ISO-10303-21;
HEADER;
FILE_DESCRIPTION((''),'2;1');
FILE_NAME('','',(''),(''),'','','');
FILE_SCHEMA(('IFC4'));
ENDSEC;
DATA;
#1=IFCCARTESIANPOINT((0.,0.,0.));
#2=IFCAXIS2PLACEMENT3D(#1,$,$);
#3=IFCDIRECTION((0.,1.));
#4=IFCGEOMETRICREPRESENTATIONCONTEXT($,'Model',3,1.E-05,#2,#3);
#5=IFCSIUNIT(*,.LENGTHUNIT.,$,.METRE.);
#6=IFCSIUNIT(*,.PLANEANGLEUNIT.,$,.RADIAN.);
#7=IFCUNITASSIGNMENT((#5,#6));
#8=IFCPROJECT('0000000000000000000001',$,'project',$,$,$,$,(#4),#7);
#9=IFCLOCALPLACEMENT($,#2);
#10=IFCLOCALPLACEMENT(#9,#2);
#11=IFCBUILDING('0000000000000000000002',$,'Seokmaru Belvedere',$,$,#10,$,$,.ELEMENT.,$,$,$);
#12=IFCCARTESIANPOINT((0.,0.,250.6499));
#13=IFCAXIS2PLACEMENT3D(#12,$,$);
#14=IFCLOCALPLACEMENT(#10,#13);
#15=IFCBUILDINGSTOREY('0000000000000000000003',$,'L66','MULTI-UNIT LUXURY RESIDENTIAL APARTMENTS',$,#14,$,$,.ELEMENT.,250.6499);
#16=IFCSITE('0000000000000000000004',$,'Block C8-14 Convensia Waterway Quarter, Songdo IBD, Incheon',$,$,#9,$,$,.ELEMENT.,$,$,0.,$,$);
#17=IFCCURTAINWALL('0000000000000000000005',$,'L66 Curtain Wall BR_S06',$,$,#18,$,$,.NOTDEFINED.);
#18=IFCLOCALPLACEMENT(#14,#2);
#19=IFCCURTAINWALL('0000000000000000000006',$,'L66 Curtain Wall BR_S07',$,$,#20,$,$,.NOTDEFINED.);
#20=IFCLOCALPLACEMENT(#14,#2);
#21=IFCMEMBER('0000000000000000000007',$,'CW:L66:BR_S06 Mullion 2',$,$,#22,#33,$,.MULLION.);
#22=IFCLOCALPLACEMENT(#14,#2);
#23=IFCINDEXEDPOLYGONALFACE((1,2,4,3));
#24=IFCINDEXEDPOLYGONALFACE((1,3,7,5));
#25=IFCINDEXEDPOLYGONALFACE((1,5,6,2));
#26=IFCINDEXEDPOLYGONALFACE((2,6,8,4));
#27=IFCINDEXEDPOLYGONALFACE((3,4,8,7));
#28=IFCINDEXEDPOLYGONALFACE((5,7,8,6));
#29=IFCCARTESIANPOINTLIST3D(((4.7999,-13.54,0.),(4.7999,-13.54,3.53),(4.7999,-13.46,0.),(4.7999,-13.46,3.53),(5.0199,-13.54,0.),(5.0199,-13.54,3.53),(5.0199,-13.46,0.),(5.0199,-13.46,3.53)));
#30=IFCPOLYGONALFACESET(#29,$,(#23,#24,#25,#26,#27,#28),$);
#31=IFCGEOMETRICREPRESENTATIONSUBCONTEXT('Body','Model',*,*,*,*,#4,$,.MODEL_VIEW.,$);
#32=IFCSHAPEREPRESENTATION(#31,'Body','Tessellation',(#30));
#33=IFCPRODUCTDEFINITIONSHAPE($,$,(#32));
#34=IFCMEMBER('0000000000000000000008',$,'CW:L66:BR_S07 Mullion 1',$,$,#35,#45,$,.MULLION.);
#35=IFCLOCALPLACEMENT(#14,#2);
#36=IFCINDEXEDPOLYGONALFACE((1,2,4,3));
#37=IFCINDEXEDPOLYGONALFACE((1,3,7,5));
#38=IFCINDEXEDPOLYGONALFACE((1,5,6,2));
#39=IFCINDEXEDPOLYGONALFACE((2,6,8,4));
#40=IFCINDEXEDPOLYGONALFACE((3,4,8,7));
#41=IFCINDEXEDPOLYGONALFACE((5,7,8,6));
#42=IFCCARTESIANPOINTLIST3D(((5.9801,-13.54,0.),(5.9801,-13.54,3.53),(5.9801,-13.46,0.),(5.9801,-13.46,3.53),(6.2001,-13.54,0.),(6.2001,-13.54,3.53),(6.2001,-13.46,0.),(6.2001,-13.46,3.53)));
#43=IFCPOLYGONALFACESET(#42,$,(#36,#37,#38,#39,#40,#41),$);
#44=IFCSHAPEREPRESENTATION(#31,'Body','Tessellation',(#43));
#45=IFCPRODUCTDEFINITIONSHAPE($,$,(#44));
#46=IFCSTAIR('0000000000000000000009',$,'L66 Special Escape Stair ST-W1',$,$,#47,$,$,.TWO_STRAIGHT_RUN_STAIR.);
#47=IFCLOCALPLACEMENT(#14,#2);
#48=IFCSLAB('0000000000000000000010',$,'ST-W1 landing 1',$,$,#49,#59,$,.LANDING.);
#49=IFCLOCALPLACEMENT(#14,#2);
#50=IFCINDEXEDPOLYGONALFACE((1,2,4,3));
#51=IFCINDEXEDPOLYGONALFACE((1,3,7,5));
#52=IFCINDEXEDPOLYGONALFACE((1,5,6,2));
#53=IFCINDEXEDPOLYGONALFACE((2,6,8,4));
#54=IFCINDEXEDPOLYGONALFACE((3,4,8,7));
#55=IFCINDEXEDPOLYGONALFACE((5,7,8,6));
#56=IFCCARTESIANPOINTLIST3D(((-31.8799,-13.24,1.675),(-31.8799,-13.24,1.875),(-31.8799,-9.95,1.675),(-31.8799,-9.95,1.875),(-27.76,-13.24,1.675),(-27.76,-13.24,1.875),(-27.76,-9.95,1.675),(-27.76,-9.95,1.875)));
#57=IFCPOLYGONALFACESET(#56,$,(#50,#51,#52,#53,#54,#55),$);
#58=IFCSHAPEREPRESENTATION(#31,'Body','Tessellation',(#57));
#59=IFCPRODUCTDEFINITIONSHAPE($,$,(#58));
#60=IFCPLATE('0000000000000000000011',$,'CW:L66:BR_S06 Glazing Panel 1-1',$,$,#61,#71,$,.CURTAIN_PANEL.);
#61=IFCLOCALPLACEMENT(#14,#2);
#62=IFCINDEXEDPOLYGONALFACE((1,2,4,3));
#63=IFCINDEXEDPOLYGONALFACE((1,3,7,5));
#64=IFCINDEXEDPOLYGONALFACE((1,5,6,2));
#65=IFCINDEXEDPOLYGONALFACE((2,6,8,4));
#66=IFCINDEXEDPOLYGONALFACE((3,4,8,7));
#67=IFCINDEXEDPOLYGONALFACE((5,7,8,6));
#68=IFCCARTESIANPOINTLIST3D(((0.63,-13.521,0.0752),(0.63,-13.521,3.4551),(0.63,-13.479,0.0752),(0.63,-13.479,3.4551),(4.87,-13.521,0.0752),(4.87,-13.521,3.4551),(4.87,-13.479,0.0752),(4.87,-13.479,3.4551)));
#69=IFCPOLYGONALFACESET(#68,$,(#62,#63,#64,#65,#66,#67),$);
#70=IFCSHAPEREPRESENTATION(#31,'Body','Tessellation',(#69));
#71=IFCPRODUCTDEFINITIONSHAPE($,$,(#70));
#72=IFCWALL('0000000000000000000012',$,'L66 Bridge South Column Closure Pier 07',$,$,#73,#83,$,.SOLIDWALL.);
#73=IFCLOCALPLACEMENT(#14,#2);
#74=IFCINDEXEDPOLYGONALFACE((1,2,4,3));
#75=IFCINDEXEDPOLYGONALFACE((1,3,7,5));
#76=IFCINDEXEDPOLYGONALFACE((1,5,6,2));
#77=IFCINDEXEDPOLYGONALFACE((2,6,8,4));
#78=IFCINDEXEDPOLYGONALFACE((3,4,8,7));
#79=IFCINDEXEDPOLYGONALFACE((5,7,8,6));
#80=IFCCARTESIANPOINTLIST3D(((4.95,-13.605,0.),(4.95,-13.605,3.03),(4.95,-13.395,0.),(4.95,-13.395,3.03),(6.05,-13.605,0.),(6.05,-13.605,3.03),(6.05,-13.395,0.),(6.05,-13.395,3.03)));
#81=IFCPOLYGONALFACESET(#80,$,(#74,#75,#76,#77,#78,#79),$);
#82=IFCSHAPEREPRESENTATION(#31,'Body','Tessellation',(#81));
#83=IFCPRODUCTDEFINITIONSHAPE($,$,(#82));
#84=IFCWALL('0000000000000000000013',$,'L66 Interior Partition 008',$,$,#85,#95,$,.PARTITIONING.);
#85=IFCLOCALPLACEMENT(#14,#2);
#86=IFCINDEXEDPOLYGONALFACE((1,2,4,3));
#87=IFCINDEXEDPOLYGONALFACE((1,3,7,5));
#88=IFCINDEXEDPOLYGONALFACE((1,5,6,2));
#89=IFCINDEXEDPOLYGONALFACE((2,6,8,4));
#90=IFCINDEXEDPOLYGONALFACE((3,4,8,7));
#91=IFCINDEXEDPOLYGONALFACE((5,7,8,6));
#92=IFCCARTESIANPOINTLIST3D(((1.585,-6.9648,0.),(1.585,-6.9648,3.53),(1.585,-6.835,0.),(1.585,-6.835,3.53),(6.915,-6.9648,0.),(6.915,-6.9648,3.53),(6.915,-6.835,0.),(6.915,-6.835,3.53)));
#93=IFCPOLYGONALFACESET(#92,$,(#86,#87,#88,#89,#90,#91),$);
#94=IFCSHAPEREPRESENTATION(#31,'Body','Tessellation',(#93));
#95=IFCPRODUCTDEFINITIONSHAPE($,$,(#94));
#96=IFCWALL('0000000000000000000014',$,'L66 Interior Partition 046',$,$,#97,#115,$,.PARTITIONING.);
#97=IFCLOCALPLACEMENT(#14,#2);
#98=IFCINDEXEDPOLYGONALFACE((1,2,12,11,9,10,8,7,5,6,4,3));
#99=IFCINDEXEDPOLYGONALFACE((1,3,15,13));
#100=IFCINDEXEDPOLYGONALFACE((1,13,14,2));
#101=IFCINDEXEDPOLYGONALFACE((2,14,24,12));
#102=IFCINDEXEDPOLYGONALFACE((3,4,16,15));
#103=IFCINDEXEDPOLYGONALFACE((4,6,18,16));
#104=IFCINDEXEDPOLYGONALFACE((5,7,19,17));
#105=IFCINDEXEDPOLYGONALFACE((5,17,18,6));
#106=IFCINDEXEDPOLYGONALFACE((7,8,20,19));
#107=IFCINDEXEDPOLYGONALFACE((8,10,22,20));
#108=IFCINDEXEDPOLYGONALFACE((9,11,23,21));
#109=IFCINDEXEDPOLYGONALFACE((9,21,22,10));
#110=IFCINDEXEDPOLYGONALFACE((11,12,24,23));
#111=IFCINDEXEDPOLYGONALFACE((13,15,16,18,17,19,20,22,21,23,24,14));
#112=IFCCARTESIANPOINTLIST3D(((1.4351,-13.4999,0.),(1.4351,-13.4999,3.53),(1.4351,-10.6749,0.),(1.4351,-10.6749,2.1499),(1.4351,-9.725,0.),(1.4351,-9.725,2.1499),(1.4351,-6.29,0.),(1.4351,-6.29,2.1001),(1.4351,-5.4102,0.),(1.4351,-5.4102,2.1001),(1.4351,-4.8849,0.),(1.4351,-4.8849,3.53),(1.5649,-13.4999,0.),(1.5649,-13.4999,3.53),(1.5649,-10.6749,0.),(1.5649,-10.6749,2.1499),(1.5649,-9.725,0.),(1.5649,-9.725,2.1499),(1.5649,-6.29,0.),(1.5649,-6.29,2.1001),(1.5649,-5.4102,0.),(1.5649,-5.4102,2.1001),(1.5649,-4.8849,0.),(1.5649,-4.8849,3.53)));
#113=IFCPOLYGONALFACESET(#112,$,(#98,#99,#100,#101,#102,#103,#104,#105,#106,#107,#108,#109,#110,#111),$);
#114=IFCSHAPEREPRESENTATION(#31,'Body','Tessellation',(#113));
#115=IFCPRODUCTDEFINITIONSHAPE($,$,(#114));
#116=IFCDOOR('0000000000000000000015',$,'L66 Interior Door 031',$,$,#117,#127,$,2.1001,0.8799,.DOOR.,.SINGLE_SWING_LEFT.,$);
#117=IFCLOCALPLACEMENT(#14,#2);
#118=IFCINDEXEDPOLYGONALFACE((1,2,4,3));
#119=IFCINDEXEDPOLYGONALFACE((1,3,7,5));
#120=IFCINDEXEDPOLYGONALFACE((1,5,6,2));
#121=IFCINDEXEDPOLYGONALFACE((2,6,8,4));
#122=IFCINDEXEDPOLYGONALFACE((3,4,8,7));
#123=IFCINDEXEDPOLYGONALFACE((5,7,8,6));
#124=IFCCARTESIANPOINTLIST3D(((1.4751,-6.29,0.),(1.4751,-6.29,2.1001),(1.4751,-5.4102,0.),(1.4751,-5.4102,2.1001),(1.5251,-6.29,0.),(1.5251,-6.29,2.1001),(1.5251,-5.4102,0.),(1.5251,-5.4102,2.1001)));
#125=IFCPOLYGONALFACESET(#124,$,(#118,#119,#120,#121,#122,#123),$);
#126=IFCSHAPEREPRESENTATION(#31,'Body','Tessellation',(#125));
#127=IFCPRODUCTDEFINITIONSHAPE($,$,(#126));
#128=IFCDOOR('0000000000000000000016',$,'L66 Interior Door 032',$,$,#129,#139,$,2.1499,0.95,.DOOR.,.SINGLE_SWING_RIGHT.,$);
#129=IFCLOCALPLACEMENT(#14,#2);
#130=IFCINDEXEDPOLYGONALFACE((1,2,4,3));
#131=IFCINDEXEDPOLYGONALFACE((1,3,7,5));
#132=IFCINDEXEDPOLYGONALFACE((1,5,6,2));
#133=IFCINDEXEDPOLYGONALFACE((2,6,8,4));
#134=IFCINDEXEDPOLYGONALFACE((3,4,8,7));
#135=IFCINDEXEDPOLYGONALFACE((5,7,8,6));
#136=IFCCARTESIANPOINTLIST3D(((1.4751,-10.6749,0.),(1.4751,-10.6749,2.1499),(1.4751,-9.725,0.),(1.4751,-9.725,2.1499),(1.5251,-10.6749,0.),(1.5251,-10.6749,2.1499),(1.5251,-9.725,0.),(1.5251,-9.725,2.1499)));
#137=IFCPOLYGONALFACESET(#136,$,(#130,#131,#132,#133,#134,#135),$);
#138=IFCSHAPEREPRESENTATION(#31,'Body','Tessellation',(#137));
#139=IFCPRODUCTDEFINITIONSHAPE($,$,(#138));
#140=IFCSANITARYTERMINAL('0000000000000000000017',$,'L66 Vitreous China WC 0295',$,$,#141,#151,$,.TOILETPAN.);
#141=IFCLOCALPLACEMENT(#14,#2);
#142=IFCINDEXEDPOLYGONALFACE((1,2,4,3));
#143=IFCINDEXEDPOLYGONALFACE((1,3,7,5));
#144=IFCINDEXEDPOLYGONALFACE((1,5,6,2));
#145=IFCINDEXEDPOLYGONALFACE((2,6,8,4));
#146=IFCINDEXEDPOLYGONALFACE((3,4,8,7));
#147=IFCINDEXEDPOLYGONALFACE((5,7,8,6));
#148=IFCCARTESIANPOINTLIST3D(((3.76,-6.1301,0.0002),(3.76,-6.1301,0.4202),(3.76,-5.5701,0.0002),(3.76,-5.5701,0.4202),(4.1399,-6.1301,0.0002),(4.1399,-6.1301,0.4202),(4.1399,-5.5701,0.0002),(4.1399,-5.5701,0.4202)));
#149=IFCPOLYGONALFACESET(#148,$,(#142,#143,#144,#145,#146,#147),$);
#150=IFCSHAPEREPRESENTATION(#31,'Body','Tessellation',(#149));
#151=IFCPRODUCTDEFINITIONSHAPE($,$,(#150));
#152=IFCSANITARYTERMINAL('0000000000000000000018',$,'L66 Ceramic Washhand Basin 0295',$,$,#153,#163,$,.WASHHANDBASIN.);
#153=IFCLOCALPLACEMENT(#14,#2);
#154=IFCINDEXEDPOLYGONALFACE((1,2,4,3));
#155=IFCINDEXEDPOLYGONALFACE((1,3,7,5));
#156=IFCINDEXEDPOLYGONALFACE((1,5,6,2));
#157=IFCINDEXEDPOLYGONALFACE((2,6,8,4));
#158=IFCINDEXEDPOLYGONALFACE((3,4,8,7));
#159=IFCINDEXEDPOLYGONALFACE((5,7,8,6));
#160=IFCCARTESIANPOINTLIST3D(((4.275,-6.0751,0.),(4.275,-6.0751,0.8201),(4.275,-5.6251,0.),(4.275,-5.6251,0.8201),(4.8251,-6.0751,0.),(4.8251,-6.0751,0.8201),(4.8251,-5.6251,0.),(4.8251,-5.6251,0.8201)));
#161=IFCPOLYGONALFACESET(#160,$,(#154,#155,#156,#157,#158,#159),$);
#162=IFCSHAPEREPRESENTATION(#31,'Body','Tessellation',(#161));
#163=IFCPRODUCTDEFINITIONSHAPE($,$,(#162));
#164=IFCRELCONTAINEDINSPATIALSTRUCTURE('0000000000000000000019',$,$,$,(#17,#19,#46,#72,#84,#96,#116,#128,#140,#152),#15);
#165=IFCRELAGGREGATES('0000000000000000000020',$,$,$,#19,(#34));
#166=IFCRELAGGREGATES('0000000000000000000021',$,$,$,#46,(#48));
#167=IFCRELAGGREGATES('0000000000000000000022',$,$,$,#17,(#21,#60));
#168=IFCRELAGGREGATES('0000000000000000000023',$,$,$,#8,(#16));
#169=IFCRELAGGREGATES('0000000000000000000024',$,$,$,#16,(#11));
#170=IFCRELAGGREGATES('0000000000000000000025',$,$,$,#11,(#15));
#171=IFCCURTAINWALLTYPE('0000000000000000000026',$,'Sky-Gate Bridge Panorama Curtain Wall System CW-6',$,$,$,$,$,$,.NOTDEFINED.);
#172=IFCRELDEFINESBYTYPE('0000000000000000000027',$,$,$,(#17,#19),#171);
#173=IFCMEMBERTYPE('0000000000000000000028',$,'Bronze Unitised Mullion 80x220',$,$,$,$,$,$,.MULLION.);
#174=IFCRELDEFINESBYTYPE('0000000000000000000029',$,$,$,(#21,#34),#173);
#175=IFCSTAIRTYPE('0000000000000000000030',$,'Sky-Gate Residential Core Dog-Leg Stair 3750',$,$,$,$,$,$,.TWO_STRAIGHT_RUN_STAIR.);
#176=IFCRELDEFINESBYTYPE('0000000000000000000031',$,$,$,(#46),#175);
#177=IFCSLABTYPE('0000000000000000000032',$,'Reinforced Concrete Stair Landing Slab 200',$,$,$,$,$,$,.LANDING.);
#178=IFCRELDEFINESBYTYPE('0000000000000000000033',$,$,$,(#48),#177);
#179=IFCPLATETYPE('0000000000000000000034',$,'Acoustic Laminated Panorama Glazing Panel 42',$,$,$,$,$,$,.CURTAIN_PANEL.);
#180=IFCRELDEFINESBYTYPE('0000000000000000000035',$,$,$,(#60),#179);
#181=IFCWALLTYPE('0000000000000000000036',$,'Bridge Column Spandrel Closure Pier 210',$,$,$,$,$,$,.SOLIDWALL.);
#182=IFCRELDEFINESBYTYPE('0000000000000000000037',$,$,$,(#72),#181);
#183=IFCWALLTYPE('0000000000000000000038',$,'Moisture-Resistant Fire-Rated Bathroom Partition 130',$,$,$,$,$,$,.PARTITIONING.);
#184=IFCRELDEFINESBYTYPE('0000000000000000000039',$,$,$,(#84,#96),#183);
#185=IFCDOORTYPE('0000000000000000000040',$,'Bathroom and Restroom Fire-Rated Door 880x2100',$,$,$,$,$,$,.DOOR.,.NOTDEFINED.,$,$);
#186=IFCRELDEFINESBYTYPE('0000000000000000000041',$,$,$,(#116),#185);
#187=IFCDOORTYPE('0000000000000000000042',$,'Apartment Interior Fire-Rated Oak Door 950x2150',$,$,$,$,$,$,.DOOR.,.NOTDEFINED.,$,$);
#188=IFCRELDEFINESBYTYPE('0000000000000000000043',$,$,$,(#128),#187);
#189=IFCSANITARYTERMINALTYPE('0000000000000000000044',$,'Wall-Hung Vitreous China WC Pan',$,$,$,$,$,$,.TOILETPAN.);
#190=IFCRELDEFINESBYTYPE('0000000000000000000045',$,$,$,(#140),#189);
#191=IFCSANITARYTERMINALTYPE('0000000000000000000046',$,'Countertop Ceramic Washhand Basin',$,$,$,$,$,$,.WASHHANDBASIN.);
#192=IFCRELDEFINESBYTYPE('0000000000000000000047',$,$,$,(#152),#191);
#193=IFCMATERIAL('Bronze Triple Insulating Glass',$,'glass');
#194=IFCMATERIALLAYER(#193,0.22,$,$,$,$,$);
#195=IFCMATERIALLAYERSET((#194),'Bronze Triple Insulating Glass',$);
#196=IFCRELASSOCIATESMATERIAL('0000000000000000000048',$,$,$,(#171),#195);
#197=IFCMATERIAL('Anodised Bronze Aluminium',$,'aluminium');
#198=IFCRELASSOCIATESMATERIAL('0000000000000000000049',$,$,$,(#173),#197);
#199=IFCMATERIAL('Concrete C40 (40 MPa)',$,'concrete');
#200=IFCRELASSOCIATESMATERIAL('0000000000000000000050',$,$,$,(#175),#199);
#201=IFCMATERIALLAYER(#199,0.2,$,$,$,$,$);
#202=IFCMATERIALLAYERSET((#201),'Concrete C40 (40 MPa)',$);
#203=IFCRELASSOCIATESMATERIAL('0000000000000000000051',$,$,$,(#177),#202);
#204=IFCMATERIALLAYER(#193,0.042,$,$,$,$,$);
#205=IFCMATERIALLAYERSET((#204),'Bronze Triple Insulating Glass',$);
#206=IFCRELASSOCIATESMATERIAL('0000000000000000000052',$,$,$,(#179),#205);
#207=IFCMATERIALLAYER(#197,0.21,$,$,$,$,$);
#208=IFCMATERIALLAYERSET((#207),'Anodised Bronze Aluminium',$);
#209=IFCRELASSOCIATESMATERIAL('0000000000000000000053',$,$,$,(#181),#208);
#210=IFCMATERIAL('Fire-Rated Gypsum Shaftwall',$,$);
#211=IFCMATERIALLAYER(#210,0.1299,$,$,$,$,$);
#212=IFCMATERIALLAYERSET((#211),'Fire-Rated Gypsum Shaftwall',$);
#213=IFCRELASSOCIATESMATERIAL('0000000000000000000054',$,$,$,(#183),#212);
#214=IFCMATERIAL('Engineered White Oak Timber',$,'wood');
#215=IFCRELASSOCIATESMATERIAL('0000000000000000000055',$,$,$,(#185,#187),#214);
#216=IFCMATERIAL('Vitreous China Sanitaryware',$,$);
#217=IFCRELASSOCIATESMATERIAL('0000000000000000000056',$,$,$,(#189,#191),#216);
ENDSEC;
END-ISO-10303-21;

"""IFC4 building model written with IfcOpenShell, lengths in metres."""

from ifc_helpers import new_model, si_unit, direction, frame, frame_2d, origin, origin_2d, place, context, subcontext, project, spatial, polyline, rectangle, outline, extrude, source, transform, mapped, material, layer, layer_set, material_profile, profile_set, type_object, type_shapes, element, fill, aggregate, save


model = new_model("IFC4")

# Units and contexts
model_context = context("Model", 3, precision=1e-05, world=origin(), true_north=direction((0.0, 1.0)))
body_context = subcontext(model_context, "Body", "Model", "MODEL_VIEW")
ifc_project = project(units=[si_unit("LENGTHUNIT", "METRE"), si_unit("PLANEANGLEUNIT", "RADIAN")], contexts=[model_context])

# Site, building, storey
site_placement = place(None, origin())
site = spatial("IfcSite", under=ifc_project, at=site_placement, Name="Block C8-14 Convensia Waterway Quarter, Songdo IBD, Incheon", CompositionType="ELEMENT", RefElevation=0.0)
building_placement = place(site_placement, origin())
building = spatial("IfcBuilding", under=site, at=building_placement, Name="Seokmaru Belvedere", CompositionType="ELEMENT")
storey_placement = place(building_placement, frame((0.0, 0.0, 250.6499)))
storey = spatial("IfcBuildingStorey", under=building, at=storey_placement, Name="L66", Description="MULTI-UNIT LUXURY RESIDENTIAL APARTMENTS", CompositionType="ELEMENT", Elevation=250.6499)

# Curtain walls
ifc_material_1 = material(Name="Bronze Triple Insulating Glass", Category="glass")
ifc_layer_1 = layer(ifc_material_1, 0.22)
ifc_layer_set_1 = layer_set([ifc_layer_1], Name="Bronze Triple Insulating Glass")
curtain_wall_type = type_object("IfcCurtainWallType", Name="Sky-Gate Bridge Panorama Curtain Wall System CW-6", PredefinedType="NOTDEFINED", material=ifc_layer_set_1)
curtain_wall_1_placement = place(storey_placement, origin())
curtain_wall_1 = element("IfcCurtainWall", 1, at=curtain_wall_1_placement, inside=storey, type_object=curtain_wall_type, Name="L66 Curtain Wall BR_S06", PredefinedType="NOTDEFINED")
ifc_material_2 = material(Name="Anodised Bronze Aluminium", Category="aluminium")
curtain_wall_2_placement = place(storey_placement, origin())
curtain_wall_2 = element("IfcCurtainWall", 2, at=curtain_wall_2_placement, inside=storey, type_object=curtain_wall_type, Name="L66 Curtain Wall BR_S07", PredefinedType="NOTDEFINED")

# Members
ifc_material_profile_1 = material_profile(ifc_material_2, rectangle(XDim=0.0801, YDim=0.22, at=origin_2d()), Name="CW-M-80x220")
ifc_profile_set_1 = profile_set([ifc_material_profile_1], Name="Anodised Bronze Aluminium")
member_type_1 = type_object("IfcMemberType", Name="Bronze Unitised Mullion 80x220", PredefinedType="MULLION", material=ifc_profile_set_1)
shared_shape_1 = source(origin(), body_context, "Body", "SweptSolid", [
    extrude(rectangle(XDim=0.0801, YDim=0.22, at=origin_2d()), origin(), (0.0, 0.0, 1.0), 3.53),
])
type_shapes(member_type_1, [shared_shape_1])
member_1_placement = place(storey_placement, frame((4.9099, -13.5, 0.0), z_axis=(0.0, 0.0, 1.0), x_axis=(0.0, 1.0, 0.0)))
member_1 = element("IfcMember", 3, at=member_1_placement, type_object=member_type_1, Name="CW:L66:BR_S06 Mullion 2", PredefinedType="MULLION", context=body_context, shape_type="MappedRepresentation", body=[
    mapped(shared_shape_1, transform((0.0, 0.0, 0.0), scale=1.0)),
])
member_2_placement = place(storey_placement, frame((6.0901, -13.5, 0.0), z_axis=(0.0, 0.0, 1.0), x_axis=(0.0, 1.0, 0.0)))
member_2 = element("IfcMember", 4, at=member_2_placement, type_object=member_type_1, Name="CW:L66:BR_S07 Mullion 1", PredefinedType="MULLION", context=body_context, shape_type="MappedRepresentation", body=[
    mapped(shared_shape_1, transform((0.0, 0.0, 0.0), scale=1.0)),
])
aggregate(curtain_wall_2, [member_2])

# Stair, slab
ifc_material_3 = material(Name="Concrete C40 (40 MPa)", Category="concrete")
stair_type = type_object("IfcStairType", Name="Sky-Gate Residential Core Dog-Leg Stair 3750", PredefinedType="TWO_STRAIGHT_RUN_STAIR", material=ifc_material_3)
stair_placement = place(storey_placement, origin())
stair = element("IfcStair", 5, at=stair_placement, inside=storey, type_object=stair_type, Name="L66 Special Escape Stair ST-W1", PredefinedType="TWO_STRAIGHT_RUN_STAIR")
ifc_layer_2 = layer(ifc_material_3, 0.2)
ifc_layer_set_2 = layer_set([ifc_layer_2], Name="Concrete C40 (40 MPa)")
slab_type = type_object("IfcSlabType", Name="Reinforced Concrete Stair Landing Slab 200", PredefinedType="LANDING", material=ifc_layer_set_2)
slab_placement = place(storey_placement, frame((0.0, 0.0, 1.675)))
slab = element("IfcSlab", 6, at=slab_placement, type_object=slab_type, Name="ST-W1 landing 1", PredefinedType="LANDING", context=body_context, shape_type="SweptSolid", body=[
    extrude(outline(polyline([(-31.8799, -13.24), (-27.76, -13.24), (-27.76, -9.95), (-31.8799, -9.95), (-31.8799, -13.24)])), origin(), (0.0, 0.0, 1.0), 0.2),
])
aggregate(stair, [slab])

# Plate
ifc_layer_3 = layer(ifc_material_1, 0.042)
ifc_layer_set_3 = layer_set([ifc_layer_3], Name="Bronze Triple Insulating Glass")
plate_type = type_object("IfcPlateType", Name="Acoustic Laminated Panorama Glazing Panel 42", PredefinedType="CURTAIN_PANEL", material=ifc_layer_set_3)
shared_shape_2 = source(origin(), body_context, "Body", "SweptSolid", [
    extrude(rectangle(XDim=4.24, YDim=0.042, at=origin_2d()), origin(), (0.0, 0.0, 1.0), 3.3799),
])
type_shapes(plate_type, [shared_shape_2])
plate_placement = place(storey_placement, frame((2.75, -13.5, 0.0752), z_axis=(0.0, 0.0, 1.0), x_axis=(1.0, 0.0, 0.0)))
plate = element("IfcPlate", 7, at=plate_placement, type_object=plate_type, Name="CW:L66:BR_S06 Glazing Panel 1-1", PredefinedType="CURTAIN_PANEL", context=body_context, shape_type="MappedRepresentation", body=[
    mapped(shared_shape_2, transform((0.0, 0.0, 0.0), scale=1.0)),
])
aggregate(curtain_wall_1, [member_1, plate])

# Walls
ifc_layer_4 = layer(ifc_material_2, 0.21)
ifc_layer_set_4 = layer_set([ifc_layer_4], Name="Anodised Bronze Aluminium")
wall_type_1 = type_object("IfcWallType", Name="Bridge Column Spandrel Closure Pier 210", PredefinedType="SOLIDWALL", material=ifc_layer_set_4)
wall_1_placement = place(storey_placement, frame((4.95, -13.5, 0.0), z_axis=(0.0, 0.0, 1.0), x_axis=(1.0, 0.0, 0.0)))
element("IfcWall", 8, at=wall_1_placement, inside=storey, type_object=wall_type_1, Name="L66 Bridge South Column Closure Pier 07", PredefinedType="SOLIDWALL", context=body_context, shape_type="SweptSolid", body=[
    extrude(rectangle(XDim=1.1001, YDim=0.21, at=frame_2d((0.55, 0.0))), origin(), (0.0, 0.0, 1.0), 3.03),
])
ifc_material_4 = material(Name="Fire-Rated Gypsum Shaftwall")
ifc_layer_5 = layer(ifc_material_4, 0.1299)
ifc_layer_set_5 = layer_set([ifc_layer_5], Name="Fire-Rated Gypsum Shaftwall")
wall_type_2 = type_object("IfcWallType", Name="Moisture-Resistant Fire-Rated Bathroom Partition 130", PredefinedType="PARTITIONING", material=ifc_layer_set_5)
wall_2_placement = place(storey_placement, frame((1.585, -6.8999, 0.0), z_axis=(0.0, 0.0, 1.0), x_axis=(1.0, 0.0, 0.0)))
element("IfcWall", 9, at=wall_2_placement, inside=storey, type_object=wall_type_2, Name="L66 Interior Partition 008", PredefinedType="PARTITIONING", context=body_context, shape_type="SweptSolid", body=[
    extrude(rectangle(XDim=5.3301, YDim=0.1299, at=frame_2d((2.665, 0.0))), origin(), (0.0, 0.0, 1.0), 3.53),
])

# Wall, openings, doors
wall_3_placement = place(storey_placement, frame((1.5, -13.5, 0.0), z_axis=(0.0, 0.0, 1.0), x_axis=(0.0, 1.0, 0.0)))
wall_3 = element("IfcWall", 10, at=wall_3_placement, inside=storey, type_object=wall_type_2, Name="L66 Interior Partition 046", PredefinedType="PARTITIONING", context=body_context, shape_type="SweptSolid", body=[
    extrude(rectangle(XDim=8.615, YDim=0.1299, at=frame_2d((4.3076, 0.0))), origin(), (0.0, 0.0, 1.0), 3.53),
])
opening_1_placement = place(wall_3_placement, frame((7.21, 0.0, 0.0)))
opening_1 = element("IfcOpeningElement", 11, at=opening_1_placement, cuts=wall_3, PredefinedType="OPENING", context=body_context, shape_type="SweptSolid", body=[
    extrude(rectangle(XDim=0.8799, YDim=2.1001, at=frame_2d((0.4399, 1.05))), frame((0.0, 0.075, 0.0), z_axis=(0.0, -1.0, 0.0), x_axis=(1.0, 0.0, 0.0)), (0.0, 0.0, 1.0), 0.1499),
])
opening_2_placement = place(wall_3_placement, frame((2.825, 0.0, 0.0)))
opening_2 = element("IfcOpeningElement", 12, at=opening_2_placement, cuts=wall_3, PredefinedType="OPENING", context=body_context, shape_type="SweptSolid", body=[
    extrude(rectangle(XDim=0.95, YDim=2.1499, at=frame_2d((0.4751, 1.075))), frame((0.0, 0.075, 0.0), z_axis=(0.0, -1.0, 0.0), x_axis=(1.0, 0.0, 0.0)), (0.0, 0.0, 1.0), 0.1499),
])
ifc_material_5 = material(Name="Engineered White Oak Timber", Category="wood")
door_type_1 = type_object("IfcDoorType", Name="Bathroom and Restroom Fire-Rated Door 880x2100", OperationType="NOTDEFINED", PredefinedType="DOOR", material=ifc_material_5)
shared_shape_3 = source(origin(), body_context, "Body", "SweptSolid", [
    extrude(rectangle(XDim=0.8799, YDim=2.1001, at=frame_2d((0.4399, 1.05))), frame((0.0, 0.0249, 0.0), z_axis=(0.0, -1.0, 0.0), x_axis=(1.0, 0.0, 0.0)), (0.0, 0.0, 1.0), 0.05),
])
type_shapes(door_type_1, [shared_shape_3])
door_1_placement = place(opening_1_placement, origin())
door_1 = element("IfcDoor", 13, at=door_1_placement, inside=storey, type_object=door_type_1, Name="L66 Interior Door 031", OperationType="SINGLE_SWING_LEFT", OverallHeight=2.1001, OverallWidth=0.8799, PredefinedType="DOOR", context=body_context, shape_type="MappedRepresentation", body=[
    mapped(shared_shape_3, transform((0.0, 0.0, 0.0), scale=1.0)),
])
fill(opening_1, door_1)
door_type_2 = type_object("IfcDoorType", Name="Apartment Interior Fire-Rated Oak Door 950x2150", OperationType="NOTDEFINED", PredefinedType="DOOR", material=ifc_material_5)
shared_shape_4 = source(origin(), body_context, "Body", "SweptSolid", [
    extrude(rectangle(XDim=0.95, YDim=2.1499, at=frame_2d((0.4751, 1.075))), frame((0.0, 0.0249, 0.0), z_axis=(0.0, -1.0, 0.0), x_axis=(1.0, 0.0, 0.0)), (0.0, 0.0, 1.0), 0.05),
])
type_shapes(door_type_2, [shared_shape_4])
door_2_placement = place(opening_2_placement, origin())
door_2 = element("IfcDoor", 14, at=door_2_placement, inside=storey, type_object=door_type_2, Name="L66 Interior Door 032", OperationType="SINGLE_SWING_RIGHT", OverallHeight=2.1499, OverallWidth=0.95, PredefinedType="DOOR", context=body_context, shape_type="MappedRepresentation", body=[
    mapped(shared_shape_4, transform((0.0, 0.0, 0.0), scale=1.0)),
])
fill(opening_2, door_2)

# Sanitary terminals
ifc_material_6 = material(Name="Vitreous China Sanitaryware")
sanitary_terminal_type_1 = type_object("IfcSanitaryTerminalType", Name="Wall-Hung Vitreous China WC Pan", PredefinedType="TOILETPAN", material=ifc_material_6)
shared_shape_5 = source(origin(), body_context, "Body", "SweptSolid", [
    extrude(rectangle(XDim=0.3799, YDim=0.5601, at=origin_2d()), origin(), (0.0, 0.0, 1.0), 0.4199),
])
type_shapes(sanitary_terminal_type_1, [shared_shape_5])
sanitary_terminal_1_placement = place(storey_placement, frame((3.95, -5.8501, 0.0002), z_axis=(0.0, 0.0, 1.0), x_axis=(1.0, 0.0, 0.0)))
element("IfcSanitaryTerminal", 15, at=sanitary_terminal_1_placement, inside=storey, type_object=sanitary_terminal_type_1, Name="L66 Vitreous China WC 0295", PredefinedType="TOILETPAN", context=body_context, shape_type="MappedRepresentation", body=[
    mapped(shared_shape_5, transform((0.0, 0.0, 0.0), scale=1.0)),
])
sanitary_terminal_type_2 = type_object("IfcSanitaryTerminalType", Name="Countertop Ceramic Washhand Basin", PredefinedType="WASHHANDBASIN", material=ifc_material_6)
shared_shape_6 = source(origin(), body_context, "Body", "SweptSolid", [
    extrude(rectangle(XDim=0.55, YDim=0.45, at=origin_2d()), origin(), (0.0, 0.0, 1.0), 0.8201),
])
type_shapes(sanitary_terminal_type_2, [shared_shape_6])
sanitary_terminal_2_placement = place(storey_placement, frame((4.55, -5.8501, 0.0), z_axis=(0.0, 0.0, 1.0), x_axis=(1.0, 0.0, 0.0)))
element("IfcSanitaryTerminal", 16, at=sanitary_terminal_2_placement, inside=storey, type_object=sanitary_terminal_type_2, Name="L66 Ceramic Washhand Basin 0295", PredefinedType="WASHHANDBASIN", context=body_context, shape_type="MappedRepresentation", body=[
    mapped(shared_shape_6, transform((0.0, 0.0, 0.0), scale=1.0)),
])

save(model, "model.ifc")
